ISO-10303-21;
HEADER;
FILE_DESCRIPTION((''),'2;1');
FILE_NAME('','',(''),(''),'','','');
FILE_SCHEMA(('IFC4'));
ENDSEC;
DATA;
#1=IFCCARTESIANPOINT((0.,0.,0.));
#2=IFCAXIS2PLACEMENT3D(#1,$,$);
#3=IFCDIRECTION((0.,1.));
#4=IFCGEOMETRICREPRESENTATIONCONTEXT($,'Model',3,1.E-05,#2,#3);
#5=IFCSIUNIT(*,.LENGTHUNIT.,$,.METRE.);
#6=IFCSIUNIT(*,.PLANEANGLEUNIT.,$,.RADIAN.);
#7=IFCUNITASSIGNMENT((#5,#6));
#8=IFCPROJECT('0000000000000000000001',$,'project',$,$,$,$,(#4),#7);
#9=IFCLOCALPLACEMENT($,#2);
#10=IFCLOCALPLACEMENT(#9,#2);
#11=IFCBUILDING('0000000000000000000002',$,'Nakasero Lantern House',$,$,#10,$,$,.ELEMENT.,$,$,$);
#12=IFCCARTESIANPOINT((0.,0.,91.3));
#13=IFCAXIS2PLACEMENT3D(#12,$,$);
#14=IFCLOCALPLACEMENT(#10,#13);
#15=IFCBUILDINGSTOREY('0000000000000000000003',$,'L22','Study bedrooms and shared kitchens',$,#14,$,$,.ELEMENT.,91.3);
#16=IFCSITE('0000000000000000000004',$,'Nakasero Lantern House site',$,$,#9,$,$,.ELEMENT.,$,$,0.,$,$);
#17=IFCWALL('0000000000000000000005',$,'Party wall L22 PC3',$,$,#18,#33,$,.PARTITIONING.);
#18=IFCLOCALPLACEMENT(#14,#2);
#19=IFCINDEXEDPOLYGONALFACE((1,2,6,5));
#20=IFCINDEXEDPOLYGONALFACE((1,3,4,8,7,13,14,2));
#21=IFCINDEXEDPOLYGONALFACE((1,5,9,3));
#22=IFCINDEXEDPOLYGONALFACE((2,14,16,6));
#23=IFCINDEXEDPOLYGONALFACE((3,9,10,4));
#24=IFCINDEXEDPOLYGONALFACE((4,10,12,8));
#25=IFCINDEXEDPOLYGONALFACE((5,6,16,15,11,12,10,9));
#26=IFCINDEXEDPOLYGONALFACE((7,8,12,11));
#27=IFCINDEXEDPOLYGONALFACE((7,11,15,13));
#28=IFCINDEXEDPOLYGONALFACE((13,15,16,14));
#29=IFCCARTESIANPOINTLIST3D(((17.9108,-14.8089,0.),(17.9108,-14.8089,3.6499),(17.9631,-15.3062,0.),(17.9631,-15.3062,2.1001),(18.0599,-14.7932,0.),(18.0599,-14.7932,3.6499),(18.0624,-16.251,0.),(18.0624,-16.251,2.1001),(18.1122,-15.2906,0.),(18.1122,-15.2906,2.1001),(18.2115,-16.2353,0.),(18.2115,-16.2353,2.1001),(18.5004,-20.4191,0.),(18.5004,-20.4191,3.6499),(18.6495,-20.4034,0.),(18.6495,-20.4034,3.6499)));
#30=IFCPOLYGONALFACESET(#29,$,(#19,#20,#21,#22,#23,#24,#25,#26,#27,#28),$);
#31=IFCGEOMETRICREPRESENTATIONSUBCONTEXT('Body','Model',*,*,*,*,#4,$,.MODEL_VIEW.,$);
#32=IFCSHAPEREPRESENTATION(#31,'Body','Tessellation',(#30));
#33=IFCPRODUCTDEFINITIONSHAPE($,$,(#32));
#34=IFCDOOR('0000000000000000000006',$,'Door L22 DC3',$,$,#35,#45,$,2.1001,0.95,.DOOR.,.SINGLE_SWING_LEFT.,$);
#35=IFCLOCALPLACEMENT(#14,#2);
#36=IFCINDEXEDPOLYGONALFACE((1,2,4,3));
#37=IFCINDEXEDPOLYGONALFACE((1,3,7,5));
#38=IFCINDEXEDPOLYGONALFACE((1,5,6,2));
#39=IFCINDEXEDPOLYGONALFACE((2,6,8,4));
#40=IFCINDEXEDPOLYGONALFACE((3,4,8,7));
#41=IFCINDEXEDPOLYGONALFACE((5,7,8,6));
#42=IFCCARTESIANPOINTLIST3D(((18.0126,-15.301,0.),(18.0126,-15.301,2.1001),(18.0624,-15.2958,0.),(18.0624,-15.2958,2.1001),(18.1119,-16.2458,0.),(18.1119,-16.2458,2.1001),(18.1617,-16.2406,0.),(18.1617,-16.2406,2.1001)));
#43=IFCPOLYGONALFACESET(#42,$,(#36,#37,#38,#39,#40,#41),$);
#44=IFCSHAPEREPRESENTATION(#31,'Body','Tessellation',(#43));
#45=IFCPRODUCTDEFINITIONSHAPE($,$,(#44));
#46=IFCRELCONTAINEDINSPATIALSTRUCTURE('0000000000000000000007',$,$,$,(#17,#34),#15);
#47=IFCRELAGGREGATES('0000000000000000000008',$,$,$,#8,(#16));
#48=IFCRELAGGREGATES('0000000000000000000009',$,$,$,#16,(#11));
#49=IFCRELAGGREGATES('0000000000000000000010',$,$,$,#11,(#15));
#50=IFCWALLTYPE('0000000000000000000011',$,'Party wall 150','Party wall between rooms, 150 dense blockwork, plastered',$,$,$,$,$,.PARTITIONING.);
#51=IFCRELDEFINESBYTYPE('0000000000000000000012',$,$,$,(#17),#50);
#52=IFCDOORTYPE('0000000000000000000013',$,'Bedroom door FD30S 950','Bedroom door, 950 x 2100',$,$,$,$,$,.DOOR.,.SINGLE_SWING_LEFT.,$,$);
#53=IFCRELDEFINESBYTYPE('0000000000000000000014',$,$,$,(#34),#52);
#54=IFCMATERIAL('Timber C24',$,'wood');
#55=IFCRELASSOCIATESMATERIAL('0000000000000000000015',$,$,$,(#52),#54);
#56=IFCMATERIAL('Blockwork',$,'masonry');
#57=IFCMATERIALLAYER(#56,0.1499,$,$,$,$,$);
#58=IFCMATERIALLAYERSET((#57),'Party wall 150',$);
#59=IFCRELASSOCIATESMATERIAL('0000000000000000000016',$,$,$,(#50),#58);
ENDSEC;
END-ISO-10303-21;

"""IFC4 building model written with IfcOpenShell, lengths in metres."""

from ifc_helpers import new_model, si_unit, direction, frame, frame_2d, origin, place, context, subcontext, project, spatial, rectangle, extrude, material, layer, layer_set, type_object, element, fill, save


model = new_model("IFC4")

# Units and contexts
model_context = context("Model", 3, precision=1e-05, world=origin(), true_north=direction((0.0, 1.0)))
body_context = subcontext(model_context, "Body", "Model", "MODEL_VIEW")
ifc_project = project(units=[si_unit("LENGTHUNIT", "METRE"), si_unit("PLANEANGLEUNIT", "RADIAN")], contexts=[model_context])

# Site, building, storey
site_placement = place(None, origin())
site = spatial("IfcSite", under=ifc_project, at=site_placement, Name="Nakasero Lantern House site", CompositionType="ELEMENT", RefElevation=0.0)
building_placement = place(site_placement, origin())
building = spatial("IfcBuilding", under=site, at=building_placement, Name="Nakasero Lantern House", CompositionType="ELEMENT")
storey_placement = place(building_placement, frame((0.0, 0.0, 91.3)))
storey = spatial("IfcBuildingStorey", under=building, at=storey_placement, Name="L22", Description="Study bedrooms and shared kitchens", CompositionType="ELEMENT", Elevation=91.3)

# Shared definitions
ifc_material_1 = material(Name="Timber C24", Category="wood")
door_type_1 = type_object("IfcDoorType", Name="Bedroom door FD30S 950", Description="Bedroom door, 950 x 2100", OperationType="SINGLE_SWING_LEFT", PredefinedType="DOOR", material=ifc_material_1)

# Shared definitions
ifc_material_2 = material(Name="Blockwork", Category="masonry")
ifc_layer_1 = layer(ifc_material_2, 0.1499)
ifc_layer_set_1 = layer_set([ifc_layer_1], Name="Party wall 150")
wall_type_1 = type_object("IfcWallType", Name="Party wall 150", Description="Party wall between rooms, 150 dense blockwork, plastered", PredefinedType="PARTITIONING", material=ifc_layer_set_1)

# Wall, opening, door
wall_1_placement = place(storey_placement, frame((17.9854, -14.801, 0.0), z_axis=(0.0, 0.0, 1.0), x_axis=(0.10452, -0.994523, 0.0)))
wall_1 = element("IfcWall", 1, at=wall_1_placement, inside=storey, type_object=wall_type_1, Name="Party wall L22 PC3", PredefinedType="PARTITIONING", context=body_context, shape_type="SweptSolid", body=[
    extrude(rectangle(XDim=5.6411, YDim=0.1499, at=frame_2d((2.8206, 0.0))), origin(), (0.0, 0.0, 1.0), 3.6499),
])
opening_1_placement = place(wall_1_placement, frame((0.5, 0.0, 0.0)))
opening_1 = element("IfcOpeningElement", 2, at=opening_1_placement, cuts=wall_1, PredefinedType="OPENING", context=body_context, shape_type="SweptSolid", body=[
    extrude(rectangle(XDim=0.95, YDim=2.1001, at=frame_2d((0.4751, 1.05))), frame((0.0, 0.095, 0.0), z_axis=(0.0, -1.0, 0.0), x_axis=(1.0, 0.0, 0.0)), (0.0, 0.0, 1.0), 0.1899),
])
door_1_placement = place(opening_1_placement, origin())
door_1 = element("IfcDoor", 3, at=door_1_placement, inside=storey, type_object=door_type_1, Name="Door L22 DC3", OperationType="SINGLE_SWING_LEFT", OverallHeight=2.1001, OverallWidth=0.95, PredefinedType="DOOR", context=body_context, shape_type="SweptSolid", body=[
    extrude(rectangle(XDim=0.95, YDim=2.1001, at=frame_2d((0.4751, 1.05))), frame((0.0, 0.0249, 0.0), z_axis=(0.0, -1.0, 0.0), x_axis=(1.0, 0.0, 0.0)), (0.0, 0.0, 1.0), 0.05),
])
fill(opening_1, door_1)

save(model, "model.ifc")
